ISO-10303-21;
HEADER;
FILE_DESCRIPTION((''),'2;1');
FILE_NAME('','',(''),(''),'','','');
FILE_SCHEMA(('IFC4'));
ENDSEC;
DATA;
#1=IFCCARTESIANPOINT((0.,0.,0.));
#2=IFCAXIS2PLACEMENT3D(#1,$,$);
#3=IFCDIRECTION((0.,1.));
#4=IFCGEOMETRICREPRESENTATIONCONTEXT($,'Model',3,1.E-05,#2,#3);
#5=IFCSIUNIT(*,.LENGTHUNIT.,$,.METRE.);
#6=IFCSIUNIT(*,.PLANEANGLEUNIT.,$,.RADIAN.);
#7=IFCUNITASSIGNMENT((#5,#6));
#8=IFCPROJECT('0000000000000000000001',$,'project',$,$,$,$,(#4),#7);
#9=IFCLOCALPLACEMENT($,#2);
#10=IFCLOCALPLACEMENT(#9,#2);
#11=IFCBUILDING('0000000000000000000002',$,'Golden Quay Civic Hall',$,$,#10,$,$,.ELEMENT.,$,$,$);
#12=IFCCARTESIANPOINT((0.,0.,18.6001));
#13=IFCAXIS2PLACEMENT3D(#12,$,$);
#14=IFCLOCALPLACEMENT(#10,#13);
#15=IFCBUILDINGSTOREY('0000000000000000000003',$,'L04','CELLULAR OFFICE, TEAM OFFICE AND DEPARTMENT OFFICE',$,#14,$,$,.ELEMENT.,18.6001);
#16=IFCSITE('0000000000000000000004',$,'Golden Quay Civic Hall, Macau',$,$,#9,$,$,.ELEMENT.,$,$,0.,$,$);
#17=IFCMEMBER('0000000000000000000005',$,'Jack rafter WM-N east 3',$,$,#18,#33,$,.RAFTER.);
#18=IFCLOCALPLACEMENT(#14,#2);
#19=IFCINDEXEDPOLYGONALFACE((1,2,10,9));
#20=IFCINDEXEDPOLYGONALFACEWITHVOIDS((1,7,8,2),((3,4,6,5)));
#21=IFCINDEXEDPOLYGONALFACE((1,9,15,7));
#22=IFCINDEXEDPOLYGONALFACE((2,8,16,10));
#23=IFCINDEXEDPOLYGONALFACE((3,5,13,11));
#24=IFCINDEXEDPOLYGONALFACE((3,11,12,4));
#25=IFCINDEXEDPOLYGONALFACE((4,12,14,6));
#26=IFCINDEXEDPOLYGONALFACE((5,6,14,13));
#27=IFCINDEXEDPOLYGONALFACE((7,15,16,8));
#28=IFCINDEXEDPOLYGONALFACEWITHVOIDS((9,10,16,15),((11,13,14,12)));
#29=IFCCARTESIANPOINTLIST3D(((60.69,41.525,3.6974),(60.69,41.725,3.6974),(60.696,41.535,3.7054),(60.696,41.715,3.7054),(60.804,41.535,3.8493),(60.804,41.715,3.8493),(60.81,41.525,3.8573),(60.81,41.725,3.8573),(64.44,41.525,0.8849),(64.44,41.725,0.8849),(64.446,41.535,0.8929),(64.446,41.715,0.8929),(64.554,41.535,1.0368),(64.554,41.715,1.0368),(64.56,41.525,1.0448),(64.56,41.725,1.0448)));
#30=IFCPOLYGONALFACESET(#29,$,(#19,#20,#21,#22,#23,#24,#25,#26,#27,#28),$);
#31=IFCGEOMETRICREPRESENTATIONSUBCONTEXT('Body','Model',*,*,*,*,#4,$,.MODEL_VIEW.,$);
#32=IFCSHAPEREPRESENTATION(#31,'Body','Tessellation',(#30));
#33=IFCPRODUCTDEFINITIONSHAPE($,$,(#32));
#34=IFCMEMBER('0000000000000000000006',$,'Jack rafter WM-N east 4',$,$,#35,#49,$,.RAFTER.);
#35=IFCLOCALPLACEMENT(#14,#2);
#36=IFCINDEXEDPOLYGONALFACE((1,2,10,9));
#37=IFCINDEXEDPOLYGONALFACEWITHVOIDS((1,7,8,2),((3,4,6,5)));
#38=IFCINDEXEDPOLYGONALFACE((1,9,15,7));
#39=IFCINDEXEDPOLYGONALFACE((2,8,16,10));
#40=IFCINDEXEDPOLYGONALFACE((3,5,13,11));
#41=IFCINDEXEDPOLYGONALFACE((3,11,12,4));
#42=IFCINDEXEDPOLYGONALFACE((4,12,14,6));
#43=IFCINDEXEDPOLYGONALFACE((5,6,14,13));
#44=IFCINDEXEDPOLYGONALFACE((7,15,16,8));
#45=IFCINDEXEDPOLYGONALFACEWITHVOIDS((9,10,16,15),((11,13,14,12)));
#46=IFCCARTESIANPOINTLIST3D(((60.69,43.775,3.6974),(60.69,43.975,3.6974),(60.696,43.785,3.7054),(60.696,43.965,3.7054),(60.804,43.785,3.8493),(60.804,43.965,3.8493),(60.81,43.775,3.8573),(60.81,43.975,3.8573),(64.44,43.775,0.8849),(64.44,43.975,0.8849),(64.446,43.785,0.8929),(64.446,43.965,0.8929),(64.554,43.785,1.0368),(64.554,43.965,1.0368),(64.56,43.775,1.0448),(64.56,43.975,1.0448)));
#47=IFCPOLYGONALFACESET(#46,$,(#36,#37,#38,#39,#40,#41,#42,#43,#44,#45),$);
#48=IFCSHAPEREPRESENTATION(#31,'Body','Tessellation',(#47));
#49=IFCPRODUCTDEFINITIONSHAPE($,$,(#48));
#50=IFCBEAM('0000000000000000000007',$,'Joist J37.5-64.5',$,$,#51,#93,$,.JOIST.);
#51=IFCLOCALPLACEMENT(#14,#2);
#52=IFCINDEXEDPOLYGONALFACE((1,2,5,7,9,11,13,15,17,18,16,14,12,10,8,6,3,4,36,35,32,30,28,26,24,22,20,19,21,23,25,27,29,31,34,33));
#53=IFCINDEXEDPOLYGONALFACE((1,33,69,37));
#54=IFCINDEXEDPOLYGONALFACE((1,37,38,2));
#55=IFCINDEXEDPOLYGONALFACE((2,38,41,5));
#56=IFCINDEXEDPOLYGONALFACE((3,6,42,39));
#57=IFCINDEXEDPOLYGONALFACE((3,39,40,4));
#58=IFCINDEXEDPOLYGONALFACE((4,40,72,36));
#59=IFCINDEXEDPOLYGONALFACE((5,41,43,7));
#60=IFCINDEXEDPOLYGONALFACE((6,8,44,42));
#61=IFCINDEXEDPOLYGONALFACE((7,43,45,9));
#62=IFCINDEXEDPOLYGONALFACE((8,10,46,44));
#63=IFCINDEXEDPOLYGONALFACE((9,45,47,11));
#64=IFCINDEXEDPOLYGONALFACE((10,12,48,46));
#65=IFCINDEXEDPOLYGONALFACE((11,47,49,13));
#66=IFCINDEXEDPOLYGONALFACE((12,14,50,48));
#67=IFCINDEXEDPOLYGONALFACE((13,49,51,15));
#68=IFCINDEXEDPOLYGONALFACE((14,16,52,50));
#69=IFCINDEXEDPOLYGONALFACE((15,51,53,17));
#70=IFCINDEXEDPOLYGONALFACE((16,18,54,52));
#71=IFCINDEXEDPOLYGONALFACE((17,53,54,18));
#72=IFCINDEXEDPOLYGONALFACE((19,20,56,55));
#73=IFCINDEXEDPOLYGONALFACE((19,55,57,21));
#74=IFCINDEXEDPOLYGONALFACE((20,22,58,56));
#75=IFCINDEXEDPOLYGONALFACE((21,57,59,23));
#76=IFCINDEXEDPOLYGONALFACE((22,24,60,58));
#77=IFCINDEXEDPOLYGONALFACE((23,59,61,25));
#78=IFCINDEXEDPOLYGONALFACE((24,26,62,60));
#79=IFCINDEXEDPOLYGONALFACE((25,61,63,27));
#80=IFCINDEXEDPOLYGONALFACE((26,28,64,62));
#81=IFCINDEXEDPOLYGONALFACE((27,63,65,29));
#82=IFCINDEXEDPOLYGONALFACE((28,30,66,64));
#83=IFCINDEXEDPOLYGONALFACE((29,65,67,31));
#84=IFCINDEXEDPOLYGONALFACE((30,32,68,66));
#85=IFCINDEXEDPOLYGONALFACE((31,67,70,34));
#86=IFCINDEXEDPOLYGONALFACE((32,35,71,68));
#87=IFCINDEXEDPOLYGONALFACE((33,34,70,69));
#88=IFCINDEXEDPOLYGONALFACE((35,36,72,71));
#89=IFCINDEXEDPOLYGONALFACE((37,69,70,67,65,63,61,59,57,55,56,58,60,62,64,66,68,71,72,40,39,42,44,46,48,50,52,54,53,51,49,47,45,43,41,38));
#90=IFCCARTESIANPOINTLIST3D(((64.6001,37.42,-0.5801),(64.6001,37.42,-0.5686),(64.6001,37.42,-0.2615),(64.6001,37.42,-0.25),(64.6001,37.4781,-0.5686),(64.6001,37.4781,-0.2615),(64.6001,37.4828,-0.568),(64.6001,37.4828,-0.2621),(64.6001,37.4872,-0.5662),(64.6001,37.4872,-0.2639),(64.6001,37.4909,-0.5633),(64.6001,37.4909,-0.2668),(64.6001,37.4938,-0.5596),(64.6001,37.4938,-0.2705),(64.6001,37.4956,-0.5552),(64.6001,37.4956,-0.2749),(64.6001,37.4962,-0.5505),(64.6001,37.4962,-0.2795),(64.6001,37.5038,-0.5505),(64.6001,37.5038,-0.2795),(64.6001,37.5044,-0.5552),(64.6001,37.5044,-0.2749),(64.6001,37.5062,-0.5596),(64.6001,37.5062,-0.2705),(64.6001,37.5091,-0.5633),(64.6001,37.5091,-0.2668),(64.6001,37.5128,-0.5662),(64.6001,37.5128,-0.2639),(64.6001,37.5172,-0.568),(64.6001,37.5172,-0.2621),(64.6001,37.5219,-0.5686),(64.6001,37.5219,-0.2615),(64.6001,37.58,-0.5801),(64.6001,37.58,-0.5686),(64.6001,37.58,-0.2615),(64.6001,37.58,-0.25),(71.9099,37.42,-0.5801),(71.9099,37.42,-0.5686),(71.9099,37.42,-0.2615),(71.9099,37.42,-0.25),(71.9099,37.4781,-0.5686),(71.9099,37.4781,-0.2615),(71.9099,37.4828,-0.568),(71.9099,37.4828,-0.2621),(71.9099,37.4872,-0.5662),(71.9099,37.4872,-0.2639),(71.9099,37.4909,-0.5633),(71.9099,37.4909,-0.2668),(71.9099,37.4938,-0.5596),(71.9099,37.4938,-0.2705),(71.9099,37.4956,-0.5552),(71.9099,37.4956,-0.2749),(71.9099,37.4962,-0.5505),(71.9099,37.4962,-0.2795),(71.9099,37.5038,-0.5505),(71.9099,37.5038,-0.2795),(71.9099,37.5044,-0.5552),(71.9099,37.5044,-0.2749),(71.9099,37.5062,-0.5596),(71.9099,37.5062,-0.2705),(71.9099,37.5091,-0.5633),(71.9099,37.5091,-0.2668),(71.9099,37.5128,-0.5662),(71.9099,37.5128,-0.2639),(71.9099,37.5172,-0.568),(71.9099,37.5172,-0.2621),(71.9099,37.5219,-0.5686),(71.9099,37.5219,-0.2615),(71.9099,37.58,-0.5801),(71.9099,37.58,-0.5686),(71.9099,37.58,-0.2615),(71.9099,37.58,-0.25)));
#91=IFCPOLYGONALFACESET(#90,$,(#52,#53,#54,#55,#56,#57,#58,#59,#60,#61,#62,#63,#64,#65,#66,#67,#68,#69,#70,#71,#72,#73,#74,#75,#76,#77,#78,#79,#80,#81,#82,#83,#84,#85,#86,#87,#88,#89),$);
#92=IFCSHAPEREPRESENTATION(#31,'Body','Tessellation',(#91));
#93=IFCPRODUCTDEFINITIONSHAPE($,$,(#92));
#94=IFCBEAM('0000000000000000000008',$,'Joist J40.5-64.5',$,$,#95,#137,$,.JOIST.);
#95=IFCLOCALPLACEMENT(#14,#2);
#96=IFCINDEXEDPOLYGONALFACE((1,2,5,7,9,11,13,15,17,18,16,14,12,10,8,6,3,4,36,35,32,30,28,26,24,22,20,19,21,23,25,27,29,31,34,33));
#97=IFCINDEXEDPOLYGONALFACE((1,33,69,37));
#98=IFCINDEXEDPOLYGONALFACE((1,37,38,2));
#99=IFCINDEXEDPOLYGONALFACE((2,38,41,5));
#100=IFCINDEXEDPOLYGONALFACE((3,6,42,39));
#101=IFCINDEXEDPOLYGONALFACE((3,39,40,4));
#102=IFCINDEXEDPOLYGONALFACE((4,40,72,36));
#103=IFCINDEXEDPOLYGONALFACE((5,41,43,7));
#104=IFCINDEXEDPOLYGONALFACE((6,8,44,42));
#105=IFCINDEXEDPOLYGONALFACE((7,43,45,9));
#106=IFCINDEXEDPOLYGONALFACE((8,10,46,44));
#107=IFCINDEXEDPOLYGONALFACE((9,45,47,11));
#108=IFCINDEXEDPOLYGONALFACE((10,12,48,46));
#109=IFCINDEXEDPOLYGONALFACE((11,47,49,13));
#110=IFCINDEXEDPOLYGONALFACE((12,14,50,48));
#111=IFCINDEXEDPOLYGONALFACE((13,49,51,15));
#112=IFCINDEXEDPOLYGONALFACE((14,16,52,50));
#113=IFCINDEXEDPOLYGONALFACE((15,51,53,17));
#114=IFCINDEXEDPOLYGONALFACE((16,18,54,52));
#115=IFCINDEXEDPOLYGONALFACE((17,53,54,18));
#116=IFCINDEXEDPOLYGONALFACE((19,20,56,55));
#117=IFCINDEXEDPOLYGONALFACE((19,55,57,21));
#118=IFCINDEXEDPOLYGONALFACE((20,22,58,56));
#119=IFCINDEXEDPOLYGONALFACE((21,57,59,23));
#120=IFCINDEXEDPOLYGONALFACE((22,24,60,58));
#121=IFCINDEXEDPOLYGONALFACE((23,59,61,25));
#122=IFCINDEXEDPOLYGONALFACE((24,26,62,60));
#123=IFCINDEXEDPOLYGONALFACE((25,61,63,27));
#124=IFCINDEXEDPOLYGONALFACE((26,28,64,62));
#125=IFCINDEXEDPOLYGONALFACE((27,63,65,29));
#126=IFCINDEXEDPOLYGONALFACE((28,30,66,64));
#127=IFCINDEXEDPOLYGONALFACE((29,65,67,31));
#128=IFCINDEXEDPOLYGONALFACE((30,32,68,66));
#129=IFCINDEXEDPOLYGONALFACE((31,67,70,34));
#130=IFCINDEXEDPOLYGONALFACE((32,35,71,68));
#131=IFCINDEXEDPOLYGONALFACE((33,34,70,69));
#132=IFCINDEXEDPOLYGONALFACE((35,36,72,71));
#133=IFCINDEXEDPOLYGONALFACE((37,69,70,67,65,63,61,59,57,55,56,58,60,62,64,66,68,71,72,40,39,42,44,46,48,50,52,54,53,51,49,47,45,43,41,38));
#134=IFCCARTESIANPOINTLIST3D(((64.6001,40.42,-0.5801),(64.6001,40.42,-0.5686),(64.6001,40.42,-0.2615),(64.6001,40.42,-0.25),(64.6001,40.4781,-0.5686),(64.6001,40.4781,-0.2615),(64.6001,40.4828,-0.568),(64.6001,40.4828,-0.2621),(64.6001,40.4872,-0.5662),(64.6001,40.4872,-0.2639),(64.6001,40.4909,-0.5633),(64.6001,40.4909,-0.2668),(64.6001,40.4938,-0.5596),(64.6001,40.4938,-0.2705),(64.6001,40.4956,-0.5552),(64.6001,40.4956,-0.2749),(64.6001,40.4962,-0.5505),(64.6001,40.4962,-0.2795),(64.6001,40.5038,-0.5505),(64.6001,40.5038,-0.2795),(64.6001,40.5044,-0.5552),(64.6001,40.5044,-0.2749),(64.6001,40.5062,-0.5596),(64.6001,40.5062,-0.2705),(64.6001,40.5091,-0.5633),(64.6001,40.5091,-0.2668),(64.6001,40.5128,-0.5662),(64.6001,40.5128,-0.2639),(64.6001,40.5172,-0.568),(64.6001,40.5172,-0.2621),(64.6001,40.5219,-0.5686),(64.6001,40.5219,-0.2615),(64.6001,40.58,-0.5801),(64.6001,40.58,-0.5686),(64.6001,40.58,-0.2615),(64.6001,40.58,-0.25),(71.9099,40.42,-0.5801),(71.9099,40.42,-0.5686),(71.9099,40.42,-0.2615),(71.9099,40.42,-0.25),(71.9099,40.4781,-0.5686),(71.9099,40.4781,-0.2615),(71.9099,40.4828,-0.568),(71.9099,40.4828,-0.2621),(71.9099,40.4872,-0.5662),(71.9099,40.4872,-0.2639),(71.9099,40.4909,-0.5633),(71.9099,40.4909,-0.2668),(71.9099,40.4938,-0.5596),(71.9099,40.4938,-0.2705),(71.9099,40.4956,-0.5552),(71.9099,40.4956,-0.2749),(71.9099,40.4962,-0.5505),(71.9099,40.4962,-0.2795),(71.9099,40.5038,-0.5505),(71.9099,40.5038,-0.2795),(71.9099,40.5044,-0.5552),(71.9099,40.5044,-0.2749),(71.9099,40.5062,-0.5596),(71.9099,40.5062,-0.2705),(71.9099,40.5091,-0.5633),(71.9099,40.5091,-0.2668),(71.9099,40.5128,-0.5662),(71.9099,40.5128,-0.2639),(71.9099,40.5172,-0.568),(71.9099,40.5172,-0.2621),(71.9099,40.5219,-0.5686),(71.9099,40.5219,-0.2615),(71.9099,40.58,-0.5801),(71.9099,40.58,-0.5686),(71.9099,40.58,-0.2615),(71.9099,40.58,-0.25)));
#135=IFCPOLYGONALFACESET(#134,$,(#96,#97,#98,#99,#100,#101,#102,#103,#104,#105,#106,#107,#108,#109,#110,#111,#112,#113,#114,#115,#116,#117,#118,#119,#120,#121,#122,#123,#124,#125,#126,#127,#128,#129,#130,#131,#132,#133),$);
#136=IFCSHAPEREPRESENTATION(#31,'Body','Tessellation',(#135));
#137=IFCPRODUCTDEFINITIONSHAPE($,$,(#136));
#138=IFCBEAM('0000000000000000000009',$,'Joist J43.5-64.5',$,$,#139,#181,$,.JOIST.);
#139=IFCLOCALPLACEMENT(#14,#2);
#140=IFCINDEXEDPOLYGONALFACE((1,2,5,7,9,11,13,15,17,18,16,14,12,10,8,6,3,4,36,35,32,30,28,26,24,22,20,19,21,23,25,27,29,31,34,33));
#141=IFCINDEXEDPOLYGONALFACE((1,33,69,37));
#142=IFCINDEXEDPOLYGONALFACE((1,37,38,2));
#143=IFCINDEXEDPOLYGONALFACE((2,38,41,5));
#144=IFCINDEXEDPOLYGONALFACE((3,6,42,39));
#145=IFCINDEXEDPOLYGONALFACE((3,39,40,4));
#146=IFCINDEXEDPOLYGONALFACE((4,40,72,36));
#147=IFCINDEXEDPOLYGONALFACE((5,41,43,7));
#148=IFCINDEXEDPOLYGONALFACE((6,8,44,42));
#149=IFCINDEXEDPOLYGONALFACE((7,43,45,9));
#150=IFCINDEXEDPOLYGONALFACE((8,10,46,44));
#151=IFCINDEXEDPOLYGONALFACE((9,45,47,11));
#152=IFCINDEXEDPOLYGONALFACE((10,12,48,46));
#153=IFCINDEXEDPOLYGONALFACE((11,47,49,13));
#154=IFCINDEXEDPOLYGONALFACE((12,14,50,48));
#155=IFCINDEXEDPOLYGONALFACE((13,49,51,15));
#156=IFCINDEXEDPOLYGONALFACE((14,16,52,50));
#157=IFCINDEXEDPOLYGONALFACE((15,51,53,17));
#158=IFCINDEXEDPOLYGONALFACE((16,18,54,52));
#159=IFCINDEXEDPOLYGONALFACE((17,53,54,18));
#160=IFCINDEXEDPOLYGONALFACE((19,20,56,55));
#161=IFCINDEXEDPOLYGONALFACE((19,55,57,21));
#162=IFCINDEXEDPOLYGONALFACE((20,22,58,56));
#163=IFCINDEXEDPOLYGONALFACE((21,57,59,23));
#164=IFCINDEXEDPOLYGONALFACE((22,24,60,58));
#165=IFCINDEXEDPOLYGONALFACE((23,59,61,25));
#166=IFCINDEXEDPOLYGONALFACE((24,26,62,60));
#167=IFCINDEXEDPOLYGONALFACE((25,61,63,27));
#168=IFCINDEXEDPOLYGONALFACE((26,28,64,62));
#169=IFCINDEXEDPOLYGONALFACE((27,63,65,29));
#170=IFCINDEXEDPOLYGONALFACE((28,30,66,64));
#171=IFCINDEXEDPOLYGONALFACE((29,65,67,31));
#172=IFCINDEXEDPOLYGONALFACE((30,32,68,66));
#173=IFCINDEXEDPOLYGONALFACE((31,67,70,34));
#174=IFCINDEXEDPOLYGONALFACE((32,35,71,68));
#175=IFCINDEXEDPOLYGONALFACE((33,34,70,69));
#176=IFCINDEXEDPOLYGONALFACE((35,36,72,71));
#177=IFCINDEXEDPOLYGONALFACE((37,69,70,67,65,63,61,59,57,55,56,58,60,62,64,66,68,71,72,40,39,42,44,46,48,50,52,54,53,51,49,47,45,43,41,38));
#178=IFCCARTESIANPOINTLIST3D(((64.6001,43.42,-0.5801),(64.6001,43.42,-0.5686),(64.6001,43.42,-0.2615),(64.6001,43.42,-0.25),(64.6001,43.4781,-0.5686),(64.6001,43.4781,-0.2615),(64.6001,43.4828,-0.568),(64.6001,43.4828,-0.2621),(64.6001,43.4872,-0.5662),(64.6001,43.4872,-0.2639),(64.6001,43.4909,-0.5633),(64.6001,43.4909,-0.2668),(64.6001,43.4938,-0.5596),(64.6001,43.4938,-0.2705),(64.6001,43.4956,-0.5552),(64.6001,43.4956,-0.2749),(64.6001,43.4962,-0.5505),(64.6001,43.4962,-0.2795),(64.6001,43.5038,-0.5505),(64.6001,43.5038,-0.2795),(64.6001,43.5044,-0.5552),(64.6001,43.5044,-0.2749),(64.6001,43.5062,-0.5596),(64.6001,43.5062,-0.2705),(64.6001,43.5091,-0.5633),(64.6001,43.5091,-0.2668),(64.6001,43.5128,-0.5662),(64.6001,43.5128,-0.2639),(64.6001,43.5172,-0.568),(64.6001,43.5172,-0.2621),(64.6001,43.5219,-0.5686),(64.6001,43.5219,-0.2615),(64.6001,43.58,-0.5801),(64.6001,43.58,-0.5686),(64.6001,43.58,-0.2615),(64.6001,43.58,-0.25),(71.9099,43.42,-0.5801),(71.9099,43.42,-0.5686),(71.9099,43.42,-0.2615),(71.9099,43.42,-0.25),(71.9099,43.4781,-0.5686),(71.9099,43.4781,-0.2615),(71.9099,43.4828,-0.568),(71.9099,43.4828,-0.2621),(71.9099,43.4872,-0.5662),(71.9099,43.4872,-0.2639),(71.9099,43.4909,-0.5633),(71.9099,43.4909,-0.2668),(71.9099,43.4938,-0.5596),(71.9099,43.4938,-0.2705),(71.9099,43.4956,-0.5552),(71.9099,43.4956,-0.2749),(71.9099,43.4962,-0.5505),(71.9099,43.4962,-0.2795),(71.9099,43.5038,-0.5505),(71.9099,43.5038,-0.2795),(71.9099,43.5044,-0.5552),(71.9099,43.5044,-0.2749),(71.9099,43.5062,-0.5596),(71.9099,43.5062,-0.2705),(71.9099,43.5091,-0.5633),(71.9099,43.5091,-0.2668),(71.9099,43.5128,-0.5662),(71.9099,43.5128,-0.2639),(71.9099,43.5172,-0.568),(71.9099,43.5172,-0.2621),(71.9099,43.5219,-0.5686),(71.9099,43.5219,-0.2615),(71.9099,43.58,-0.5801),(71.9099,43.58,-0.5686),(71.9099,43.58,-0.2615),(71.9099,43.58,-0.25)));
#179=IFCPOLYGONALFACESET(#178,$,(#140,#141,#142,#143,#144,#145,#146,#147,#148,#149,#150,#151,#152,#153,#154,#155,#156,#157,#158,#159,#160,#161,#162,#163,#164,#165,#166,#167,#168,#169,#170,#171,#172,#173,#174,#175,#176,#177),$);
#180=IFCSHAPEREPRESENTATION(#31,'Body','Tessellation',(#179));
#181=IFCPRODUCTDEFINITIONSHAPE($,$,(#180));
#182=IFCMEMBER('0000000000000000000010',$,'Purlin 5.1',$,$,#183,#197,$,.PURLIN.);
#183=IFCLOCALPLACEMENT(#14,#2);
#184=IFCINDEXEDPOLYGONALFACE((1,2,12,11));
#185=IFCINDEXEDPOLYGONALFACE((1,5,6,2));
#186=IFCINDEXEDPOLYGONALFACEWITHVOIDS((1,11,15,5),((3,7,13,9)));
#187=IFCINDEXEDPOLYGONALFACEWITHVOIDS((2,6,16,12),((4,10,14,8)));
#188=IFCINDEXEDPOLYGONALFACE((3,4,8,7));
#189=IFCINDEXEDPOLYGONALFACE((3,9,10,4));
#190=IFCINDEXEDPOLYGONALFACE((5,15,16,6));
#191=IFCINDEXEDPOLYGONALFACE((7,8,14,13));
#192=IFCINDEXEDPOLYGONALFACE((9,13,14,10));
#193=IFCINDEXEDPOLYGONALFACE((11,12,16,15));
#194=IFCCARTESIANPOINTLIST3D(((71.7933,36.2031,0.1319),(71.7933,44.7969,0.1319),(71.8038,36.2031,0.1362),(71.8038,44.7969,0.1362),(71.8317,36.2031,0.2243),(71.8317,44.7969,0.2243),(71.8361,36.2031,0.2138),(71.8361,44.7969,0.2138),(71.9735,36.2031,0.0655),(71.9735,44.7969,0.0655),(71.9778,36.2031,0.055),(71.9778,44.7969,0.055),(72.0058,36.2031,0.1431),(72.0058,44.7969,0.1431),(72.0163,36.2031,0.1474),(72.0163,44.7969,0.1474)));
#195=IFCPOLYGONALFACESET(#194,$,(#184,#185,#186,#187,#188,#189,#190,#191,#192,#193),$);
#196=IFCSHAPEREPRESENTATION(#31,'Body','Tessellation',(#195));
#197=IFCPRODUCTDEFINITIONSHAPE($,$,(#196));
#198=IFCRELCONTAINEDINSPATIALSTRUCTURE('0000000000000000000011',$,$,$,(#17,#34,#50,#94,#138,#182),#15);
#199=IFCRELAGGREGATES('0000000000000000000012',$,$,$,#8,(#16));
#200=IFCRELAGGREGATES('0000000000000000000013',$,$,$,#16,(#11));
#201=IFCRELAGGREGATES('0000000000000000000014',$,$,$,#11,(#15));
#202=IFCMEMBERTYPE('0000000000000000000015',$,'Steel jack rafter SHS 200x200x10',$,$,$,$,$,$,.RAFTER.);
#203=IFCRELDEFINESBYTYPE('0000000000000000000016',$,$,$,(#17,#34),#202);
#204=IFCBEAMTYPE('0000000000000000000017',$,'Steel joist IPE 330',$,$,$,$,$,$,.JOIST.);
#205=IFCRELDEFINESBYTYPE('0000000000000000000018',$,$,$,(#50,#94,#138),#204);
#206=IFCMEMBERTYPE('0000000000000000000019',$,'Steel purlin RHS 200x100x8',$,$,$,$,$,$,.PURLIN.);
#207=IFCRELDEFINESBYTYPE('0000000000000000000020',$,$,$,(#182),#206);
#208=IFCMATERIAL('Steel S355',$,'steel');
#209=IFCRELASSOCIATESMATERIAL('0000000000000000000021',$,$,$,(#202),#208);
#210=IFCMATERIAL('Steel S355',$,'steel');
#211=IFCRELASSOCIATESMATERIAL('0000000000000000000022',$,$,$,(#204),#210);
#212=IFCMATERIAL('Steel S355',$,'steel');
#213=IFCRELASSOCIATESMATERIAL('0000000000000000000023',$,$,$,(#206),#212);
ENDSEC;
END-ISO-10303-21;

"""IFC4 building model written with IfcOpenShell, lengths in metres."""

from ifc_helpers import new_model, si_unit, direction, frame, origin, origin_2d, place, context, subcontext, project, spatial, hollow_rectangle, i_section, extrude, material, material_profile, profile_set, type_object, element, save


model = new_model("IFC4")

# Units and contexts
model_context = context("Model", 3, precision=1e-05, world=origin(), true_north=direction((0.0, 1.0)))
body_context = subcontext(model_context, "Body", "Model", "MODEL_VIEW")
ifc_project = project(units=[si_unit("LENGTHUNIT", "METRE"), si_unit("PLANEANGLEUNIT", "RADIAN")], contexts=[model_context])

# Site, building, storey
site_placement = place(None, origin())
site = spatial("IfcSite", under=ifc_project, at=site_placement, Name="Golden Quay Civic Hall, Macau", CompositionType="ELEMENT", RefElevation=0.0)
building_placement = place(site_placement, origin())
building = spatial("IfcBuilding", under=site, at=building_placement, Name="Golden Quay Civic Hall", CompositionType="ELEMENT")
storey_placement = place(building_placement, frame((0.0, 0.0, 18.6001)))
storey = spatial("IfcBuildingStorey", under=building, at=storey_placement, Name="L04", Description="CELLULAR OFFICE, TEAM OFFICE AND DEPARTMENT OFFICE", CompositionType="ELEMENT", Elevation=18.6001)

# Members
ifc_material_1 = material(Name="Steel S355", Category="steel")
ifc_material_profile_1 = material_profile(ifc_material_1, hollow_rectangle(XDim=0.2, YDim=0.2, WallThickness=0.01, at=origin_2d()), Name="SHS 200x200x10")
ifc_profile_set_1 = profile_set([ifc_material_profile_1], Name="Steel S355")
member_type_1 = type_object("IfcMemberType", Name="Steel jack rafter SHS 200x200x10", PredefinedType="RAFTER", material=ifc_profile_set_1)
for number, where, z_axis, x_axis, name in (
    (1, (64.5, 41.625, 0.9648), (-0.8, 0.0, 0.6), (0.0, -1.0, 0.0), "Jack rafter WM-N east 3"),
    (2, (64.5, 43.875, 0.9648), (-0.8, 0.0, 0.6), (0.0, -1.0, 0.0), "Jack rafter WM-N east 4"),
):
    element("IfcMember", number, at=place(storey_placement, frame(where, z_axis=z_axis, x_axis=x_axis)), inside=storey, type_object=member_type_1, Name=name, PredefinedType="RAFTER", context=body_context, shape_type="SweptSolid", body=[
        extrude(hollow_rectangle(XDim=0.2, YDim=0.2, WallThickness=0.01, at=origin_2d()), origin(), (0.0, 0.0, 1.0), 4.6875),
    ])

# Beams
ifc_material_2 = material(Name="Steel S355", Category="steel")
ifc_material_profile_2 = material_profile(ifc_material_2, i_section(OverallWidth=0.1599, OverallDepth=0.3301, WebThickness=0.0076, FlangeThickness=0.0115, FilletRadius=0.0181, at=origin_2d()), Name="IPE 330")
ifc_profile_set_2 = profile_set([ifc_material_profile_2], Name="Steel S355")
beam_type_1 = type_object("IfcBeamType", Name="Steel joist IPE 330", PredefinedType="JOIST", material=ifc_profile_set_2)
for number, where, z_axis, x_axis, name in (
    (3, (64.6001, 37.5, -0.415), (1.0, 0.0, 0.0), (0.0, 1.0, 0.0), "Joist J37.5-64.5"),
    (4, (64.6001, 40.5, -0.415), (1.0, 0.0, 0.0), (0.0, 1.0, 0.0), "Joist J40.5-64.5"),
    (5, (64.6001, 43.5, -0.415), (1.0, 0.0, 0.0), (0.0, 1.0, 0.0), "Joist J43.5-64.5"),
):
    element("IfcBeam", number, at=place(storey_placement, frame(where, z_axis=z_axis, x_axis=x_axis)), inside=storey, type_object=beam_type_1, Name=name, PredefinedType="JOIST", context=body_context, shape_type="SweptSolid", body=[
        extrude(i_section(OverallWidth=0.1599, OverallDepth=0.3301, WebThickness=0.0076, FlangeThickness=0.0115, FilletRadius=0.0181, at=origin_2d()), origin(), (0.0, 0.0, 1.0), 7.3098),
    ])

# Member
ifc_material_3 = material(Name="Steel S355", Category="steel")
ifc_material_profile_3 = material_profile(ifc_material_3, hollow_rectangle(XDim=0.1001, YDim=0.2, WallThickness=0.0081, at=origin_2d()), Name="RHS 200x100x8")
ifc_profile_set_3 = profile_set([ifc_material_profile_3], Name="Steel S355")
member_type_2 = type_object("IfcMemberType", Name="Steel purlin RHS 200x100x8", PredefinedType="PURLIN", material=ifc_profile_set_3)
for number, where, z_axis, x_axis, name in (
    (6, (71.9048, 36.2031, 0.1396), (0.0, 1.0, 0.0), (-0.384615, 0.0, -0.923077), "Purlin 5.1"),
):
    element("IfcMember", number, at=place(storey_placement, frame(where, z_axis=z_axis, x_axis=x_axis)), inside=storey, type_object=member_type_2, Name=name, PredefinedType="PURLIN", context=body_context, shape_type="SweptSolid", body=[
        extrude(hollow_rectangle(XDim=0.1001, YDim=0.2, WallThickness=0.0081, at=origin_2d()), origin(), (0.0, 0.0, 1.0), 8.5938),
    ])

save(model, "model.ifc")
